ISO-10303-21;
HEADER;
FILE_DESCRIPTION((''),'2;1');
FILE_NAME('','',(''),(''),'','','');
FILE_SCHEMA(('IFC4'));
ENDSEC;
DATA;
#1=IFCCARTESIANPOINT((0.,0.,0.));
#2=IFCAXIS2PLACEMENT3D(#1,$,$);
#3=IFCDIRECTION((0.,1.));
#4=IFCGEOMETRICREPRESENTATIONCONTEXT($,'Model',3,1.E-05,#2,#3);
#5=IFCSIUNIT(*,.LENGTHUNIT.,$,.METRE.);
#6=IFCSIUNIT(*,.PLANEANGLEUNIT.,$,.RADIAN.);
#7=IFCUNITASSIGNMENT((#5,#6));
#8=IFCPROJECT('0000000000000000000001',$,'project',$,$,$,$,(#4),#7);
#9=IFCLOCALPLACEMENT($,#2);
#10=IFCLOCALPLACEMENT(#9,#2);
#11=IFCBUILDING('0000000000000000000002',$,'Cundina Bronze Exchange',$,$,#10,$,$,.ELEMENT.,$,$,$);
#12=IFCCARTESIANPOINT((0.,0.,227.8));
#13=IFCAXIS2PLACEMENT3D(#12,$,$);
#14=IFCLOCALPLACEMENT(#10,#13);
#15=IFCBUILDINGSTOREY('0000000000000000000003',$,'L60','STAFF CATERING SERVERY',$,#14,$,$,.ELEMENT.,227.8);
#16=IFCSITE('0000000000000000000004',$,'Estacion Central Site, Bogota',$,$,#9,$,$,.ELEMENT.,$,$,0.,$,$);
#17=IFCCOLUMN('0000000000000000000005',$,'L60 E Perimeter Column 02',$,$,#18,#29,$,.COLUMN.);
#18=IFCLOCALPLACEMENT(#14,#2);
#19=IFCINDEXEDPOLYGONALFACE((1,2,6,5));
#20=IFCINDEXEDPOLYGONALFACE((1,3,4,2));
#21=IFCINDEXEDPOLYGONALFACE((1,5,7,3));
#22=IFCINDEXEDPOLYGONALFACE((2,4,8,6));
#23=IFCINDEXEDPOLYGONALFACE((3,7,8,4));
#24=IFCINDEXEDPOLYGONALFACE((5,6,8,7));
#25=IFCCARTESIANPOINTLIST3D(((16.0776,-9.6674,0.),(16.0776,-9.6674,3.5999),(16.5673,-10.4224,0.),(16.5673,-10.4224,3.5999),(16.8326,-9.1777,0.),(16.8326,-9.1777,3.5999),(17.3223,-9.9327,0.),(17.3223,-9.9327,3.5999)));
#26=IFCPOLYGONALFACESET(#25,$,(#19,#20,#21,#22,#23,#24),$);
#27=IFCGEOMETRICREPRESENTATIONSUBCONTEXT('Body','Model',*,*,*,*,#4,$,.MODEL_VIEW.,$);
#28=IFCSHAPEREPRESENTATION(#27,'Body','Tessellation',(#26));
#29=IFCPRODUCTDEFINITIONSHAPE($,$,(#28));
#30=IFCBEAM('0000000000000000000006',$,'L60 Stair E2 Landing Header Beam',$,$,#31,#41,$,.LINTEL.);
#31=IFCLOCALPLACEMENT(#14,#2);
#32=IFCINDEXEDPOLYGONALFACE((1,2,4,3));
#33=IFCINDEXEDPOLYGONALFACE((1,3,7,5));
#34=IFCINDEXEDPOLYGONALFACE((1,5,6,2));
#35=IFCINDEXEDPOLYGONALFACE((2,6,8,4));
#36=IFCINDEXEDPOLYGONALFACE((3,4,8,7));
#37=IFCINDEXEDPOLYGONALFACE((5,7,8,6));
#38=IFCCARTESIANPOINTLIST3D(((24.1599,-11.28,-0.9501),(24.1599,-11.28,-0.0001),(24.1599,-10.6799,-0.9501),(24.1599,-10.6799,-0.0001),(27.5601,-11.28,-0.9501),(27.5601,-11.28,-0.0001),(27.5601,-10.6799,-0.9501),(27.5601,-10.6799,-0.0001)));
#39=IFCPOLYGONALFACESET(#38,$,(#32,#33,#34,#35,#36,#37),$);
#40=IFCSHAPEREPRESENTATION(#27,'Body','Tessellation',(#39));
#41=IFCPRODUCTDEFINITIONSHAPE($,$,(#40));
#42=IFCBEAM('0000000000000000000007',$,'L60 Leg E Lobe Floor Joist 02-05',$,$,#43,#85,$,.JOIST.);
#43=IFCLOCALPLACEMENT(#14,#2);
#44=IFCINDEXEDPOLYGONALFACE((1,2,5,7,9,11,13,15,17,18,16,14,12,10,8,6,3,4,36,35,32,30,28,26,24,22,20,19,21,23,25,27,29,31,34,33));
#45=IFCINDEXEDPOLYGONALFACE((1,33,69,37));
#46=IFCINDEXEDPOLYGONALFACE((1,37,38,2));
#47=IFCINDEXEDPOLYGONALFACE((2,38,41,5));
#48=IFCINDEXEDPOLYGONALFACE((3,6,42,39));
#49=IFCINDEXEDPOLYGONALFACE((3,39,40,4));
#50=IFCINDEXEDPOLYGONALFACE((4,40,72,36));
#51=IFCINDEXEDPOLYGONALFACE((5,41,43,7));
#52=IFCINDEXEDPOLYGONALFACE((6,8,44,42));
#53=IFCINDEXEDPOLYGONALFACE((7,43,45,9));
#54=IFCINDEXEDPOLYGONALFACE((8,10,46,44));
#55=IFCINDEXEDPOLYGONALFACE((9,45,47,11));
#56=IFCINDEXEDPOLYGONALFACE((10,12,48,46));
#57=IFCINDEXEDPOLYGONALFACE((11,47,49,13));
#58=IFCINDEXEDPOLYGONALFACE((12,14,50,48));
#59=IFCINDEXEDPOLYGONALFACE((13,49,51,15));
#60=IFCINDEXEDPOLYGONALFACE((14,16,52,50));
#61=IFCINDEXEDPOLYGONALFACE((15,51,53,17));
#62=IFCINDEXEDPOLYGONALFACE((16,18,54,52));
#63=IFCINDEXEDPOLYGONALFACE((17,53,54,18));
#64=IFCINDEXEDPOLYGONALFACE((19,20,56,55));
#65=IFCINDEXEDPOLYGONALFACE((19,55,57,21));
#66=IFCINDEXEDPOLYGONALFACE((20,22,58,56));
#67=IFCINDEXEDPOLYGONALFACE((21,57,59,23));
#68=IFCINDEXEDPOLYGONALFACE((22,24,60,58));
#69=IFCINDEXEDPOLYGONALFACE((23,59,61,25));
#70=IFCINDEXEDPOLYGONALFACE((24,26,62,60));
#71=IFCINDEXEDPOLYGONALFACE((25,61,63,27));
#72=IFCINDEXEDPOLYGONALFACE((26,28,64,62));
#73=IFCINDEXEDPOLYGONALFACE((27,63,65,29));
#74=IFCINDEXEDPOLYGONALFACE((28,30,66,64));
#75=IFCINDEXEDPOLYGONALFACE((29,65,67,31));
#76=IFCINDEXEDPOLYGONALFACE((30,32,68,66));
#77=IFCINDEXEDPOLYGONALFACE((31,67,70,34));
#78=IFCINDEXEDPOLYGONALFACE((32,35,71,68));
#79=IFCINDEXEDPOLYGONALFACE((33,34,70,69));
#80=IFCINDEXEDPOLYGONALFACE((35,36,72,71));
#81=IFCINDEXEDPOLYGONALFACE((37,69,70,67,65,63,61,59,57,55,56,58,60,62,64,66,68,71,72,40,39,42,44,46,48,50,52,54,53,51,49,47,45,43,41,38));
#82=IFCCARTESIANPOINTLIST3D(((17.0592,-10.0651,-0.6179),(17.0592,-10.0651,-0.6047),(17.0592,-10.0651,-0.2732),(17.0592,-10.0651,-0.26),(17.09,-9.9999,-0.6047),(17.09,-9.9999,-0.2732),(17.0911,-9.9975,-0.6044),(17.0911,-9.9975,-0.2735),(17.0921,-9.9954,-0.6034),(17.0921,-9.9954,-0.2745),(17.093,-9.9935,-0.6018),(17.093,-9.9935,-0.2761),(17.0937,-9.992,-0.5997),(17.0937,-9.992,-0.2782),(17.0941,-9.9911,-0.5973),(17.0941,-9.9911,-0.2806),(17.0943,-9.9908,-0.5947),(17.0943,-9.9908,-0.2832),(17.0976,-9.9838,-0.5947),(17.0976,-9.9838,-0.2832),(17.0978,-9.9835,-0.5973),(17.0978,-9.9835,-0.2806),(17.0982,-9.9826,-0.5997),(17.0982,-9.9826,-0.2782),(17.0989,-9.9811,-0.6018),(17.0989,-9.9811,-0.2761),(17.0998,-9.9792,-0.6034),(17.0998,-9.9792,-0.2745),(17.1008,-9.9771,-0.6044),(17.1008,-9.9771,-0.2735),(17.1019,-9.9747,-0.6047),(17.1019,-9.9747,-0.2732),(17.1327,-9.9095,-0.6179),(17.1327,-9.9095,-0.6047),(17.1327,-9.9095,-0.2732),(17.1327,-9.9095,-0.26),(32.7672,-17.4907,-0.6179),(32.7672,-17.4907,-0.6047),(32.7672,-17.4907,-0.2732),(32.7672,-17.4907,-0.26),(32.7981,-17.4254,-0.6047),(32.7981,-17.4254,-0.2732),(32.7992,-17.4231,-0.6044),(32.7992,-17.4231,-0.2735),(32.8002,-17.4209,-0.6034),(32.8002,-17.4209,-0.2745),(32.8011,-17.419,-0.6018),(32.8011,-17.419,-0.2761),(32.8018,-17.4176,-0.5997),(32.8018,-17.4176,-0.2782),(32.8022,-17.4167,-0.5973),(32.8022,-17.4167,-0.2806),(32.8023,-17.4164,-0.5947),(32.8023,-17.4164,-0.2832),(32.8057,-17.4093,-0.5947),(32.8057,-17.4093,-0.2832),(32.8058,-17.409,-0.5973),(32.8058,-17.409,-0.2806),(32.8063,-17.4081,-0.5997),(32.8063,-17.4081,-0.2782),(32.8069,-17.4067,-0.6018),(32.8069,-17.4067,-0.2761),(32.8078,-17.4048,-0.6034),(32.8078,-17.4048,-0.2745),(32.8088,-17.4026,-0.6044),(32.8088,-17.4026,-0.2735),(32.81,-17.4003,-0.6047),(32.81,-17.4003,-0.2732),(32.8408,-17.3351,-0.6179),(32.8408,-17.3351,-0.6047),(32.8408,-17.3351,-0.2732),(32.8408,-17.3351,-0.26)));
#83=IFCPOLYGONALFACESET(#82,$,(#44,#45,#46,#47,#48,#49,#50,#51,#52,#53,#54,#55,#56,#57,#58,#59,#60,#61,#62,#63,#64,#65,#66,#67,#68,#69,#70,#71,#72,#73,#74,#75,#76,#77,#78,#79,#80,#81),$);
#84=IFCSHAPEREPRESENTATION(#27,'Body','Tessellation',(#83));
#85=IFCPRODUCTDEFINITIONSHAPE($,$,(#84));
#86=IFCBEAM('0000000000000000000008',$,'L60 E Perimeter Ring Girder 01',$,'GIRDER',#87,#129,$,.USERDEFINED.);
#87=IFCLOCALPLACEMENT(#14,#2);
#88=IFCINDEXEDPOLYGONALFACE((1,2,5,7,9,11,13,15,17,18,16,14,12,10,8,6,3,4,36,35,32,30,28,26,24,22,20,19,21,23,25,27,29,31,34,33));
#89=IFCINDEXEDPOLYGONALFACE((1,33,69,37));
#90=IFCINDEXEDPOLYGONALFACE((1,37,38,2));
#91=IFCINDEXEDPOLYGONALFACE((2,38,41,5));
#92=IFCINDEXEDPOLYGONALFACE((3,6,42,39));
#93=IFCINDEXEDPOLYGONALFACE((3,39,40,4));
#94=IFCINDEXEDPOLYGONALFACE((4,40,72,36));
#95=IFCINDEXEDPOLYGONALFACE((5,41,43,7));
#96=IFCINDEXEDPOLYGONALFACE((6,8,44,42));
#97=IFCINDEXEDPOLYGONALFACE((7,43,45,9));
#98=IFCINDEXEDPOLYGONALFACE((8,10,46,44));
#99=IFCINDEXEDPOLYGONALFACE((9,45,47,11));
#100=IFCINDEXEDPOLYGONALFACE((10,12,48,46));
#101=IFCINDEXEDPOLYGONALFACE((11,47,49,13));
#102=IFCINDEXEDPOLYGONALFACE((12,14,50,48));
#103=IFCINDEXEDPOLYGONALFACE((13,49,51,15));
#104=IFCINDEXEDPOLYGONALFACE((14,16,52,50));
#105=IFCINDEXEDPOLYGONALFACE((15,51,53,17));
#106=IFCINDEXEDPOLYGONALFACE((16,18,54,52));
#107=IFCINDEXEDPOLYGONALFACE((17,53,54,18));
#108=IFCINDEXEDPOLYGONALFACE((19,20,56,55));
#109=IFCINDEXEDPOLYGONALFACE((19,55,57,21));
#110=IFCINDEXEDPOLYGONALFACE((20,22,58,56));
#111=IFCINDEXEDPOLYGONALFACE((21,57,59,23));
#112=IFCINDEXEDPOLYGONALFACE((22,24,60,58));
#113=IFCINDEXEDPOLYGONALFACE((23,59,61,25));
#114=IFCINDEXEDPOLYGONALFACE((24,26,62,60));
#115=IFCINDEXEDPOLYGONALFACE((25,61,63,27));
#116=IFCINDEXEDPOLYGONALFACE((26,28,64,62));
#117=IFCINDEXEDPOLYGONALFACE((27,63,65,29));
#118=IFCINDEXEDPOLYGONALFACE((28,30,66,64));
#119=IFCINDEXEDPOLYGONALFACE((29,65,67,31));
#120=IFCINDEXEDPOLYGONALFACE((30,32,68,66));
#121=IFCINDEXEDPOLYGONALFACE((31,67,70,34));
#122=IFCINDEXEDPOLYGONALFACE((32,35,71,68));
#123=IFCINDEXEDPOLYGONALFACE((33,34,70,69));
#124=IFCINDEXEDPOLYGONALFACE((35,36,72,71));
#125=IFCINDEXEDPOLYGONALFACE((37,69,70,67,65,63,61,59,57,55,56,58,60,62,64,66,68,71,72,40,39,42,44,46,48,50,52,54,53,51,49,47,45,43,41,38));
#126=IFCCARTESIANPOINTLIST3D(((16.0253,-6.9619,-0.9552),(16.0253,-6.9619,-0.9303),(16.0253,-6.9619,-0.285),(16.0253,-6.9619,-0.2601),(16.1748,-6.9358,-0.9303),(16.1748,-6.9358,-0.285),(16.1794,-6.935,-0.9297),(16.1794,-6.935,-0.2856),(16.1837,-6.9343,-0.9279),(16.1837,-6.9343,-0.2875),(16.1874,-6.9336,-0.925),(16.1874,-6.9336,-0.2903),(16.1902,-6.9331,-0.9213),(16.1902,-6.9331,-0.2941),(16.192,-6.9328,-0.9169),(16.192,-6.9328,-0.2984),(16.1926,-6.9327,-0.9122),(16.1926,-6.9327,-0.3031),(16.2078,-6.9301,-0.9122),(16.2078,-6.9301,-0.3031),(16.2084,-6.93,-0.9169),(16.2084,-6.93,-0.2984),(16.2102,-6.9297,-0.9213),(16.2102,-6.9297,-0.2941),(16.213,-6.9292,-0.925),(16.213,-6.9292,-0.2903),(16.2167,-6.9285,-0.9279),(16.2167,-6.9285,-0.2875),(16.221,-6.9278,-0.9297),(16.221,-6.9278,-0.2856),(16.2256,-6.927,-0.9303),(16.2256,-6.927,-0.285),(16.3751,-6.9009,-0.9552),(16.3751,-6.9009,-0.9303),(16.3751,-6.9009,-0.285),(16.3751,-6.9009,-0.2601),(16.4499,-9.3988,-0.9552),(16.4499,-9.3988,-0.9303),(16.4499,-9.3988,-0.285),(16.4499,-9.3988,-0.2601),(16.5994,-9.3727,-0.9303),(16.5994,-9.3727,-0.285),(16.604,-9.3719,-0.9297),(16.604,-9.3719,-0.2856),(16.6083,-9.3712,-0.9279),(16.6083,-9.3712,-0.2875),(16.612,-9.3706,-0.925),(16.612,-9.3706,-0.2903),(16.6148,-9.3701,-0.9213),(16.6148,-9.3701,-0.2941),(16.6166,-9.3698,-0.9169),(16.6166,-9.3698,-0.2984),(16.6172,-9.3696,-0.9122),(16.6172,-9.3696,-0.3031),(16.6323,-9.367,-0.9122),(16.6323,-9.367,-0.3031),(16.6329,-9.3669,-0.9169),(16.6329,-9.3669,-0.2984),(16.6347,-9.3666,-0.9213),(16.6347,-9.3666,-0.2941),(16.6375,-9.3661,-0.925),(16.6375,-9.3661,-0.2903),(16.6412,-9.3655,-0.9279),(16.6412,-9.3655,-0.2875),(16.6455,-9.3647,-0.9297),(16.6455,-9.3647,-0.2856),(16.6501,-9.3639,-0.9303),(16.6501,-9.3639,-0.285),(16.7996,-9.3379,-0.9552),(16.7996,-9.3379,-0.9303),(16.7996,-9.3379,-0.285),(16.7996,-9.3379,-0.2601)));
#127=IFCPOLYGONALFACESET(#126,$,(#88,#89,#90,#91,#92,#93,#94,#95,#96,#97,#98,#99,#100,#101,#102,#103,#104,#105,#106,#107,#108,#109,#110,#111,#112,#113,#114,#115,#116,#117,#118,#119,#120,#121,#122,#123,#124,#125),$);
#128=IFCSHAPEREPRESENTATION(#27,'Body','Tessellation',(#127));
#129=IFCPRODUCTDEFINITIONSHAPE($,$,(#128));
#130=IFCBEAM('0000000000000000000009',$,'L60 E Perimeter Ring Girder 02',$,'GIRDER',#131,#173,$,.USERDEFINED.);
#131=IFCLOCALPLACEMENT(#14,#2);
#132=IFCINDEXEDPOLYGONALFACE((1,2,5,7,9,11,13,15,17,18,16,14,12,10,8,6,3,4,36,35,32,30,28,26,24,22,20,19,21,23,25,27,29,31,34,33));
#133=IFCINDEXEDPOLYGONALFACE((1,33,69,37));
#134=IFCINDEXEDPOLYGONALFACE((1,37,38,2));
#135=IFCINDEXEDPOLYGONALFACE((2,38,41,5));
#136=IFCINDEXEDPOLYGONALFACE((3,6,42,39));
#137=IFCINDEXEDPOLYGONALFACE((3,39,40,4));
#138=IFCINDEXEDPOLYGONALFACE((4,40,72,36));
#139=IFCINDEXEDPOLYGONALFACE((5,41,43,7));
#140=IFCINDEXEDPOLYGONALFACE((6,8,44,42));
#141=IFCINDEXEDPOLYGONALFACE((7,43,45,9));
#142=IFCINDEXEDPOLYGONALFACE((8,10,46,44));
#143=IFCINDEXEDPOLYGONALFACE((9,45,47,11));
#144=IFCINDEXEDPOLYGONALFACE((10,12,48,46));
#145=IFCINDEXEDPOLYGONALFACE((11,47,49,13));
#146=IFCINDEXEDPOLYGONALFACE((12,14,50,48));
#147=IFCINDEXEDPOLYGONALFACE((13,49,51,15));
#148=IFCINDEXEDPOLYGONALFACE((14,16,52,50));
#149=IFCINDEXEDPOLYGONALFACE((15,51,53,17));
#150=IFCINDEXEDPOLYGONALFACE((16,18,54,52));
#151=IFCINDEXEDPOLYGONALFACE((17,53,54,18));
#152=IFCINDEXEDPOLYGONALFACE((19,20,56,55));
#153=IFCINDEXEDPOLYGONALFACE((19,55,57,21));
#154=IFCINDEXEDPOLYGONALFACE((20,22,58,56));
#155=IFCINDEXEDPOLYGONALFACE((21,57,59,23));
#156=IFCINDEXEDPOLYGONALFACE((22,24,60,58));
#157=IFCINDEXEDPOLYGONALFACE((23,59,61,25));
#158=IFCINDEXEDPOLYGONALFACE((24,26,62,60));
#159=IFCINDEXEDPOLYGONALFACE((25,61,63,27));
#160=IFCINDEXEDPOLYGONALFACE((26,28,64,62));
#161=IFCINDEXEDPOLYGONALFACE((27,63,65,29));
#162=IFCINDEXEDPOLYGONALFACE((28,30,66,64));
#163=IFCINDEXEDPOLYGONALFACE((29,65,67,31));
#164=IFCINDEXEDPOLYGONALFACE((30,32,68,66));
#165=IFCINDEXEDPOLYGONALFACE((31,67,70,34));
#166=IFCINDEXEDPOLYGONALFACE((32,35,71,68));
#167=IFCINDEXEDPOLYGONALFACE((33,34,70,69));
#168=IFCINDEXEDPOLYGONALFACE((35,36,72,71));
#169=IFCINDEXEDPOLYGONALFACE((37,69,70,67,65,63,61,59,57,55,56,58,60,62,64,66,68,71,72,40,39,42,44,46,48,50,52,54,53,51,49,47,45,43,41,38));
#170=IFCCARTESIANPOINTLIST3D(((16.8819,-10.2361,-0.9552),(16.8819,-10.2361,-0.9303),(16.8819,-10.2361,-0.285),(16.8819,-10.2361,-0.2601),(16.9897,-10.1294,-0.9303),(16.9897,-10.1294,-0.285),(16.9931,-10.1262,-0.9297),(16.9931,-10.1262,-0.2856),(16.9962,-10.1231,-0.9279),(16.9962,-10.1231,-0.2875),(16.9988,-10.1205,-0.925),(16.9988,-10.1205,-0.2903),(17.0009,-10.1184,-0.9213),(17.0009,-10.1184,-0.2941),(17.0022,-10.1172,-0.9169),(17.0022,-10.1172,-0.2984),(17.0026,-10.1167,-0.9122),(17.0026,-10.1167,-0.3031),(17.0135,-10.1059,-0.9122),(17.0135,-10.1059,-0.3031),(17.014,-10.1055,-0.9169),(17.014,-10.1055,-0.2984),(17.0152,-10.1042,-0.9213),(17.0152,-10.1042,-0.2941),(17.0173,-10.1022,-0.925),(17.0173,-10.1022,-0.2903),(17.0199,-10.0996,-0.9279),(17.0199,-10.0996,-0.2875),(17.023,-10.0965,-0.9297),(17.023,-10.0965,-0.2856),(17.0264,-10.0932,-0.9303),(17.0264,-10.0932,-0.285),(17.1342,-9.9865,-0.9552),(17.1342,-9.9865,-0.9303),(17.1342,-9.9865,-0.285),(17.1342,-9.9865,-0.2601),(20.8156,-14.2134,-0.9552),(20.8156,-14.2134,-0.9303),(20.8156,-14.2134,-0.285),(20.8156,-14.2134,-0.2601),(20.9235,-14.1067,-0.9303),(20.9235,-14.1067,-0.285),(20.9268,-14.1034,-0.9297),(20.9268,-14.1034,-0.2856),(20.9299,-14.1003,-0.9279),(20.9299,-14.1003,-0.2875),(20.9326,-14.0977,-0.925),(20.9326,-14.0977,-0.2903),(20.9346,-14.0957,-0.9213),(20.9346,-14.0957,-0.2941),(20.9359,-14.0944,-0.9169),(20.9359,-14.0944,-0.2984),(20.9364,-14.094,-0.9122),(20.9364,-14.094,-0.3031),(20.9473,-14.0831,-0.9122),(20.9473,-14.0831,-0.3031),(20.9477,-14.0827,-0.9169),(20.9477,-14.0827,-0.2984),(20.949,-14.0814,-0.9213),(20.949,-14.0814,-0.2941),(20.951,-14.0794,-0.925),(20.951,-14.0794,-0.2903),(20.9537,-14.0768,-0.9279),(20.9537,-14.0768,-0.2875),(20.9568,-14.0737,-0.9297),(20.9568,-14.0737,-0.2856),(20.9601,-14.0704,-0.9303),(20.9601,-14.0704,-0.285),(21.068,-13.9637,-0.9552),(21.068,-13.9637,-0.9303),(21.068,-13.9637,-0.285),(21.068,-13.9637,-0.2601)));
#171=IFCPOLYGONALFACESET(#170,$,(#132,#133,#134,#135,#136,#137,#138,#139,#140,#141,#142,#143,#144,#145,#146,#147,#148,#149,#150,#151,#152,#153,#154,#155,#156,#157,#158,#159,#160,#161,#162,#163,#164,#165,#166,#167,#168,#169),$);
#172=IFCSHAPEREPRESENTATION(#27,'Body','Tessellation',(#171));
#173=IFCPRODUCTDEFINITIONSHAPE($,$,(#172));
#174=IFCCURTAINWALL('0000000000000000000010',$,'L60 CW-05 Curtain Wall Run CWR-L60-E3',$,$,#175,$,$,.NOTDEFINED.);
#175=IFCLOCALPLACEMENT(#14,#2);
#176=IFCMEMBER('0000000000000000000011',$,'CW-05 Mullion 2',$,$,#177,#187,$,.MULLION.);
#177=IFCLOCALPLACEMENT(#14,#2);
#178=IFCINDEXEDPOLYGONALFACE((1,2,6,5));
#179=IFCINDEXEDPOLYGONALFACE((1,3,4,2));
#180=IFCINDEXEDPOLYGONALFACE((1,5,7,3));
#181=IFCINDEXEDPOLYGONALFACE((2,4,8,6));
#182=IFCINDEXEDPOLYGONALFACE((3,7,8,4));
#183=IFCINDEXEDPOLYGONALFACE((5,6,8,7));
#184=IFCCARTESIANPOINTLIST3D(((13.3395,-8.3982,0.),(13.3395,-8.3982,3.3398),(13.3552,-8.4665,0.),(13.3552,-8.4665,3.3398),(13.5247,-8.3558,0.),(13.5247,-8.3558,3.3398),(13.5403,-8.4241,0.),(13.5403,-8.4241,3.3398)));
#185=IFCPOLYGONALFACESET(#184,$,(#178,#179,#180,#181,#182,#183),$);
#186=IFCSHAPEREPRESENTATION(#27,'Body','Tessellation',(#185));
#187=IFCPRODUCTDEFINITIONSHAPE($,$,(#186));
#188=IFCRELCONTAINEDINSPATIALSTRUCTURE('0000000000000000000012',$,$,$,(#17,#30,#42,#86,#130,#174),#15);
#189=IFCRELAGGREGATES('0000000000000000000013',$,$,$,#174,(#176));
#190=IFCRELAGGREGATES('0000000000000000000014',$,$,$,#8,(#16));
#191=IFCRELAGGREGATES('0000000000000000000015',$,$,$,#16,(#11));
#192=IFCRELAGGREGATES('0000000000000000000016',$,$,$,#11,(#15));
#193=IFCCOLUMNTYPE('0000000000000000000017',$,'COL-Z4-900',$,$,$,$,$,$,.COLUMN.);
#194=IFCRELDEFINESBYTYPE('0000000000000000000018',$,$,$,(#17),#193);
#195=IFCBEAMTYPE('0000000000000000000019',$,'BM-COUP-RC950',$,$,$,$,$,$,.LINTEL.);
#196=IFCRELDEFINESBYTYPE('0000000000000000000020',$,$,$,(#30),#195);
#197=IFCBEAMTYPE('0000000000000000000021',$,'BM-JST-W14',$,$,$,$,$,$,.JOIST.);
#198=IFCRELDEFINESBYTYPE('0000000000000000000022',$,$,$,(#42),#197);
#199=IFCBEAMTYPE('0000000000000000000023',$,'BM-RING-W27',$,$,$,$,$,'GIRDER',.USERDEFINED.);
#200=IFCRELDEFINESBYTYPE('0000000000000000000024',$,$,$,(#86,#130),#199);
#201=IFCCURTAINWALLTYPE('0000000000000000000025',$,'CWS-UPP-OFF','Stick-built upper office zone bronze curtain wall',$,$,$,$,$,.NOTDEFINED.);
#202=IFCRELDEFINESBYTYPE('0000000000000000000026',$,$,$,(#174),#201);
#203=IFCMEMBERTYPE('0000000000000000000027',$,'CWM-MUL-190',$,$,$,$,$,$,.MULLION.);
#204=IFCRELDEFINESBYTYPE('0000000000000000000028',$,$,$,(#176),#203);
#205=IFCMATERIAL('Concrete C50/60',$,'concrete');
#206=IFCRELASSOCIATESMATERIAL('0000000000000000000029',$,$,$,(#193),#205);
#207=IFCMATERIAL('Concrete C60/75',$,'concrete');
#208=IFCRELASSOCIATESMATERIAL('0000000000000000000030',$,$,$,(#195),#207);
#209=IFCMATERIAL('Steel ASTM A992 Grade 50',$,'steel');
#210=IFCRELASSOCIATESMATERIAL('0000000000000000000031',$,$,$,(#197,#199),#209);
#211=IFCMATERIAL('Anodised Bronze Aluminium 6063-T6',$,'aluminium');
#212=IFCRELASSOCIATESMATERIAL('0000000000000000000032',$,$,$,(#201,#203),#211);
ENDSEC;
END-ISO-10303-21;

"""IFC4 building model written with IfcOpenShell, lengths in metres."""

from ifc_helpers import new_model, si_unit, direction, frame, origin, origin_2d, place, context, subcontext, project, spatial, rectangle, i_section, extrude, material, material_profile, profile_set, type_object, element, aggregate, save


model = new_model("IFC4")

# Units and contexts
model_context = context("Model", 3, precision=1e-05, world=origin(), true_north=direction((0.0, 1.0)))
body_context = subcontext(model_context, "Body", "Model", "MODEL_VIEW")
ifc_project = project(units=[si_unit("LENGTHUNIT", "METRE"), si_unit("PLANEANGLEUNIT", "RADIAN")], contexts=[model_context])

# Site, building, storey
site_placement = place(None, origin())
site = spatial("IfcSite", under=ifc_project, at=site_placement, Name="Estacion Central Site, Bogota", CompositionType="ELEMENT", RefElevation=0.0)
building_placement = place(site_placement, origin())
building = spatial("IfcBuilding", under=site, at=building_placement, Name="Cundina Bronze Exchange", CompositionType="ELEMENT")
storey_placement = place(building_placement, frame((0.0, 0.0, 227.8)))
storey = spatial("IfcBuildingStorey", under=building, at=storey_placement, Name="L60", Description="STAFF CATERING SERVERY", CompositionType="ELEMENT", Elevation=227.8)

# Column
ifc_material_1 = material(Name="Concrete C50/60", Category="concrete")
ifc_material_profile_1 = material_profile(ifc_material_1, rectangle(XDim=0.8999, YDim=0.8999, at=origin_2d()), Name="RC900X900", Category="concrete")
ifc_profile_set_1 = profile_set([ifc_material_profile_1], Name="Concrete C50/60")
column_type = type_object("IfcColumnType", Name="COL-Z4-900", PredefinedType="COLUMN", material=ifc_profile_set_1)
column_placement = place(storey_placement, frame((16.7, -9.8, 0.0), z_axis=(0.0, 0.0, 1.0), x_axis=(0.5442, -0.838956, 0.0)))
element("IfcColumn", 1, at=column_placement, inside=storey, type_object=column_type, Name="L60 E Perimeter Column 02", PredefinedType="COLUMN", context=body_context, shape_type="SweptSolid", body=[
    extrude(rectangle(XDim=0.8999, YDim=0.8999, at=origin_2d()), origin(), (0.0, 0.0, 1.0), 3.5999),
])

# Beams
ifc_material_2 = material(Name="Concrete C60/75", Category="concrete")
ifc_material_profile_2 = material_profile(ifc_material_2, rectangle(XDim=0.6001, YDim=0.95, at=origin_2d()), Name="RC600X950", Category="concrete")
ifc_profile_set_2 = profile_set([ifc_material_profile_2], Name="Concrete C60/75")
beam_type_1 = type_object("IfcBeamType", Name="BM-COUP-RC950", PredefinedType="LINTEL", material=ifc_profile_set_2)
beam_1_placement = place(storey_placement, frame((24.1599, -10.98, -0.4751), z_axis=(1.0, 0.0, 0.0), x_axis=(0.0, 1.0, 0.0)))
element("IfcBeam", 2, at=beam_1_placement, inside=storey, type_object=beam_type_1, Name="L60 Stair E2 Landing Header Beam", PredefinedType="LINTEL", context=body_context, shape_type="SweptSolid", body=[
    extrude(rectangle(XDim=0.6001, YDim=0.95, at=origin_2d()), origin(), (0.0, 0.0, 1.0), 3.4001),
])
ifc_material_3 = material(Name="Steel ASTM A992 Grade 50", Category="steel")
ifc_material_profile_3 = material_profile(ifc_material_3, i_section(OverallWidth=0.1721, OverallDepth=0.3579, WebThickness=0.0078, FlangeThickness=0.0132, FilletRadius=0.01, at=origin_2d()), Name="W14X38", Category="steel")
ifc_profile_set_3 = profile_set([ifc_material_profile_3], Name="Steel ASTM A992 Grade 50")
beam_type_2 = type_object("IfcBeamType", Name="BM-JST-W14", PredefinedType="JOIST", material=ifc_profile_set_3)
beam_2_placement = place(storey_placement, frame((17.0959, -9.9873, -0.439), z_axis=(0.904074, -0.427376, 0.0), x_axis=(0.427376, 0.904074, 0.0)))
element("IfcBeam", 3, at=beam_2_placement, inside=storey, type_object=beam_type_2, Name="L60 Leg E Lobe Floor Joist 02-05", PredefinedType="JOIST", context=body_context, shape_type="SweptSolid", body=[
    extrude(i_section(OverallWidth=0.1721, OverallDepth=0.3579, WebThickness=0.0078, FlangeThickness=0.0132, FilletRadius=0.01, at=origin_2d()), origin(), (0.0, 0.0, 1.0), 17.3748),
])
ifc_material_profile_4 = material_profile(ifc_material_3, i_section(OverallWidth=0.355, OverallDepth=0.6951, WebThickness=0.0154, FlangeThickness=0.0249, FilletRadius=0.0181, at=origin_2d()), Name="W27X146", Category="steel")
ifc_profile_set_4 = profile_set([ifc_material_profile_4], Name="Steel ASTM A992 Grade 50")
beam_type_3 = type_object("IfcBeamType", Name="BM-RING-W27", ElementType="GIRDER", PredefinedType="USERDEFINED", material=ifc_profile_set_4)
beam_3_placement = place(storey_placement, frame((16.2002, -6.9314, -0.6077), z_axis=(0.171629, -0.985162, 0.0), x_axis=(0.985162, 0.171629, 0.0)))
element("IfcBeam", 4, at=beam_3_placement, inside=storey, type_object=beam_type_3, Name="L60 E Perimeter Ring Girder 01", ObjectType="GIRDER", PredefinedType="USERDEFINED", context=body_context, shape_type="SweptSolid", body=[
    extrude(i_section(OverallWidth=0.355, OverallDepth=0.6951, WebThickness=0.0154, FlangeThickness=0.0249, FilletRadius=0.0181, at=origin_2d()), origin(), (0.0, 0.0, 1.0), 2.4736),
])
beam_4_placement = place(storey_placement, frame((17.0081, -10.1113, -0.6077), z_axis=(0.703212, -0.71098, 0.0), x_axis=(0.71098, 0.703212, 0.0)))
element("IfcBeam", 5, at=beam_4_placement, inside=storey, type_object=beam_type_3, Name="L60 E Perimeter Ring Girder 02", ObjectType="GIRDER", PredefinedType="USERDEFINED", context=body_context, shape_type="SweptSolid", body=[
    extrude(i_section(OverallWidth=0.355, OverallDepth=0.6951, WebThickness=0.0154, FlangeThickness=0.0249, FilletRadius=0.0181, at=origin_2d()), origin(), (0.0, 0.0, 1.0), 5.594),
])

# Curtain wall, member
ifc_material_4 = material(Name="Anodised Bronze Aluminium 6063-T6", Category="aluminium")
curtain_wall_type = type_object("IfcCurtainWallType", Name="CWS-UPP-OFF", Description="Stick-built upper office zone bronze curtain wall", PredefinedType="NOTDEFINED", material=ifc_material_4)
curtain_wall_placement = place(storey_placement, origin())
curtain_wall = element("IfcCurtainWall", 6, at=curtain_wall_placement, inside=storey, type_object=curtain_wall_type, Name="L60 CW-05 Curtain Wall Run CWR-L60-E3", PredefinedType="NOTDEFINED")
ifc_material_profile_5 = material_profile(ifc_material_4, rectangle(XDim=0.0701, YDim=0.1899, at=origin_2d()), Name="AL70X190", Category="aluminium")
ifc_profile_set_5 = profile_set([ifc_material_profile_5], Name="Anodised Bronze Aluminium 6063-T6")
member_type_1 = type_object("IfcMemberType", Name="CWM-MUL-190", PredefinedType="MULLION", material=ifc_profile_set_5)
member_1_placement = place(storey_placement, frame((13.4399, -8.4111, 0.0), z_axis=(0.0, 0.0, 1.0), x_axis=(0.22325, -0.974761, 0.0)))
member_1 = element("IfcMember", 7, at=member_1_placement, type_object=member_type_1, Name="CW-05 Mullion 2", PredefinedType="MULLION", context=body_context, shape_type="SweptSolid", body=[
    extrude(rectangle(XDim=0.0701, YDim=0.1899, at=origin_2d()), origin(), (0.0, 0.0, 1.0), 3.3398),
])
aggregate(curtain_wall, [member_1])

save(model, "model.ifc")
